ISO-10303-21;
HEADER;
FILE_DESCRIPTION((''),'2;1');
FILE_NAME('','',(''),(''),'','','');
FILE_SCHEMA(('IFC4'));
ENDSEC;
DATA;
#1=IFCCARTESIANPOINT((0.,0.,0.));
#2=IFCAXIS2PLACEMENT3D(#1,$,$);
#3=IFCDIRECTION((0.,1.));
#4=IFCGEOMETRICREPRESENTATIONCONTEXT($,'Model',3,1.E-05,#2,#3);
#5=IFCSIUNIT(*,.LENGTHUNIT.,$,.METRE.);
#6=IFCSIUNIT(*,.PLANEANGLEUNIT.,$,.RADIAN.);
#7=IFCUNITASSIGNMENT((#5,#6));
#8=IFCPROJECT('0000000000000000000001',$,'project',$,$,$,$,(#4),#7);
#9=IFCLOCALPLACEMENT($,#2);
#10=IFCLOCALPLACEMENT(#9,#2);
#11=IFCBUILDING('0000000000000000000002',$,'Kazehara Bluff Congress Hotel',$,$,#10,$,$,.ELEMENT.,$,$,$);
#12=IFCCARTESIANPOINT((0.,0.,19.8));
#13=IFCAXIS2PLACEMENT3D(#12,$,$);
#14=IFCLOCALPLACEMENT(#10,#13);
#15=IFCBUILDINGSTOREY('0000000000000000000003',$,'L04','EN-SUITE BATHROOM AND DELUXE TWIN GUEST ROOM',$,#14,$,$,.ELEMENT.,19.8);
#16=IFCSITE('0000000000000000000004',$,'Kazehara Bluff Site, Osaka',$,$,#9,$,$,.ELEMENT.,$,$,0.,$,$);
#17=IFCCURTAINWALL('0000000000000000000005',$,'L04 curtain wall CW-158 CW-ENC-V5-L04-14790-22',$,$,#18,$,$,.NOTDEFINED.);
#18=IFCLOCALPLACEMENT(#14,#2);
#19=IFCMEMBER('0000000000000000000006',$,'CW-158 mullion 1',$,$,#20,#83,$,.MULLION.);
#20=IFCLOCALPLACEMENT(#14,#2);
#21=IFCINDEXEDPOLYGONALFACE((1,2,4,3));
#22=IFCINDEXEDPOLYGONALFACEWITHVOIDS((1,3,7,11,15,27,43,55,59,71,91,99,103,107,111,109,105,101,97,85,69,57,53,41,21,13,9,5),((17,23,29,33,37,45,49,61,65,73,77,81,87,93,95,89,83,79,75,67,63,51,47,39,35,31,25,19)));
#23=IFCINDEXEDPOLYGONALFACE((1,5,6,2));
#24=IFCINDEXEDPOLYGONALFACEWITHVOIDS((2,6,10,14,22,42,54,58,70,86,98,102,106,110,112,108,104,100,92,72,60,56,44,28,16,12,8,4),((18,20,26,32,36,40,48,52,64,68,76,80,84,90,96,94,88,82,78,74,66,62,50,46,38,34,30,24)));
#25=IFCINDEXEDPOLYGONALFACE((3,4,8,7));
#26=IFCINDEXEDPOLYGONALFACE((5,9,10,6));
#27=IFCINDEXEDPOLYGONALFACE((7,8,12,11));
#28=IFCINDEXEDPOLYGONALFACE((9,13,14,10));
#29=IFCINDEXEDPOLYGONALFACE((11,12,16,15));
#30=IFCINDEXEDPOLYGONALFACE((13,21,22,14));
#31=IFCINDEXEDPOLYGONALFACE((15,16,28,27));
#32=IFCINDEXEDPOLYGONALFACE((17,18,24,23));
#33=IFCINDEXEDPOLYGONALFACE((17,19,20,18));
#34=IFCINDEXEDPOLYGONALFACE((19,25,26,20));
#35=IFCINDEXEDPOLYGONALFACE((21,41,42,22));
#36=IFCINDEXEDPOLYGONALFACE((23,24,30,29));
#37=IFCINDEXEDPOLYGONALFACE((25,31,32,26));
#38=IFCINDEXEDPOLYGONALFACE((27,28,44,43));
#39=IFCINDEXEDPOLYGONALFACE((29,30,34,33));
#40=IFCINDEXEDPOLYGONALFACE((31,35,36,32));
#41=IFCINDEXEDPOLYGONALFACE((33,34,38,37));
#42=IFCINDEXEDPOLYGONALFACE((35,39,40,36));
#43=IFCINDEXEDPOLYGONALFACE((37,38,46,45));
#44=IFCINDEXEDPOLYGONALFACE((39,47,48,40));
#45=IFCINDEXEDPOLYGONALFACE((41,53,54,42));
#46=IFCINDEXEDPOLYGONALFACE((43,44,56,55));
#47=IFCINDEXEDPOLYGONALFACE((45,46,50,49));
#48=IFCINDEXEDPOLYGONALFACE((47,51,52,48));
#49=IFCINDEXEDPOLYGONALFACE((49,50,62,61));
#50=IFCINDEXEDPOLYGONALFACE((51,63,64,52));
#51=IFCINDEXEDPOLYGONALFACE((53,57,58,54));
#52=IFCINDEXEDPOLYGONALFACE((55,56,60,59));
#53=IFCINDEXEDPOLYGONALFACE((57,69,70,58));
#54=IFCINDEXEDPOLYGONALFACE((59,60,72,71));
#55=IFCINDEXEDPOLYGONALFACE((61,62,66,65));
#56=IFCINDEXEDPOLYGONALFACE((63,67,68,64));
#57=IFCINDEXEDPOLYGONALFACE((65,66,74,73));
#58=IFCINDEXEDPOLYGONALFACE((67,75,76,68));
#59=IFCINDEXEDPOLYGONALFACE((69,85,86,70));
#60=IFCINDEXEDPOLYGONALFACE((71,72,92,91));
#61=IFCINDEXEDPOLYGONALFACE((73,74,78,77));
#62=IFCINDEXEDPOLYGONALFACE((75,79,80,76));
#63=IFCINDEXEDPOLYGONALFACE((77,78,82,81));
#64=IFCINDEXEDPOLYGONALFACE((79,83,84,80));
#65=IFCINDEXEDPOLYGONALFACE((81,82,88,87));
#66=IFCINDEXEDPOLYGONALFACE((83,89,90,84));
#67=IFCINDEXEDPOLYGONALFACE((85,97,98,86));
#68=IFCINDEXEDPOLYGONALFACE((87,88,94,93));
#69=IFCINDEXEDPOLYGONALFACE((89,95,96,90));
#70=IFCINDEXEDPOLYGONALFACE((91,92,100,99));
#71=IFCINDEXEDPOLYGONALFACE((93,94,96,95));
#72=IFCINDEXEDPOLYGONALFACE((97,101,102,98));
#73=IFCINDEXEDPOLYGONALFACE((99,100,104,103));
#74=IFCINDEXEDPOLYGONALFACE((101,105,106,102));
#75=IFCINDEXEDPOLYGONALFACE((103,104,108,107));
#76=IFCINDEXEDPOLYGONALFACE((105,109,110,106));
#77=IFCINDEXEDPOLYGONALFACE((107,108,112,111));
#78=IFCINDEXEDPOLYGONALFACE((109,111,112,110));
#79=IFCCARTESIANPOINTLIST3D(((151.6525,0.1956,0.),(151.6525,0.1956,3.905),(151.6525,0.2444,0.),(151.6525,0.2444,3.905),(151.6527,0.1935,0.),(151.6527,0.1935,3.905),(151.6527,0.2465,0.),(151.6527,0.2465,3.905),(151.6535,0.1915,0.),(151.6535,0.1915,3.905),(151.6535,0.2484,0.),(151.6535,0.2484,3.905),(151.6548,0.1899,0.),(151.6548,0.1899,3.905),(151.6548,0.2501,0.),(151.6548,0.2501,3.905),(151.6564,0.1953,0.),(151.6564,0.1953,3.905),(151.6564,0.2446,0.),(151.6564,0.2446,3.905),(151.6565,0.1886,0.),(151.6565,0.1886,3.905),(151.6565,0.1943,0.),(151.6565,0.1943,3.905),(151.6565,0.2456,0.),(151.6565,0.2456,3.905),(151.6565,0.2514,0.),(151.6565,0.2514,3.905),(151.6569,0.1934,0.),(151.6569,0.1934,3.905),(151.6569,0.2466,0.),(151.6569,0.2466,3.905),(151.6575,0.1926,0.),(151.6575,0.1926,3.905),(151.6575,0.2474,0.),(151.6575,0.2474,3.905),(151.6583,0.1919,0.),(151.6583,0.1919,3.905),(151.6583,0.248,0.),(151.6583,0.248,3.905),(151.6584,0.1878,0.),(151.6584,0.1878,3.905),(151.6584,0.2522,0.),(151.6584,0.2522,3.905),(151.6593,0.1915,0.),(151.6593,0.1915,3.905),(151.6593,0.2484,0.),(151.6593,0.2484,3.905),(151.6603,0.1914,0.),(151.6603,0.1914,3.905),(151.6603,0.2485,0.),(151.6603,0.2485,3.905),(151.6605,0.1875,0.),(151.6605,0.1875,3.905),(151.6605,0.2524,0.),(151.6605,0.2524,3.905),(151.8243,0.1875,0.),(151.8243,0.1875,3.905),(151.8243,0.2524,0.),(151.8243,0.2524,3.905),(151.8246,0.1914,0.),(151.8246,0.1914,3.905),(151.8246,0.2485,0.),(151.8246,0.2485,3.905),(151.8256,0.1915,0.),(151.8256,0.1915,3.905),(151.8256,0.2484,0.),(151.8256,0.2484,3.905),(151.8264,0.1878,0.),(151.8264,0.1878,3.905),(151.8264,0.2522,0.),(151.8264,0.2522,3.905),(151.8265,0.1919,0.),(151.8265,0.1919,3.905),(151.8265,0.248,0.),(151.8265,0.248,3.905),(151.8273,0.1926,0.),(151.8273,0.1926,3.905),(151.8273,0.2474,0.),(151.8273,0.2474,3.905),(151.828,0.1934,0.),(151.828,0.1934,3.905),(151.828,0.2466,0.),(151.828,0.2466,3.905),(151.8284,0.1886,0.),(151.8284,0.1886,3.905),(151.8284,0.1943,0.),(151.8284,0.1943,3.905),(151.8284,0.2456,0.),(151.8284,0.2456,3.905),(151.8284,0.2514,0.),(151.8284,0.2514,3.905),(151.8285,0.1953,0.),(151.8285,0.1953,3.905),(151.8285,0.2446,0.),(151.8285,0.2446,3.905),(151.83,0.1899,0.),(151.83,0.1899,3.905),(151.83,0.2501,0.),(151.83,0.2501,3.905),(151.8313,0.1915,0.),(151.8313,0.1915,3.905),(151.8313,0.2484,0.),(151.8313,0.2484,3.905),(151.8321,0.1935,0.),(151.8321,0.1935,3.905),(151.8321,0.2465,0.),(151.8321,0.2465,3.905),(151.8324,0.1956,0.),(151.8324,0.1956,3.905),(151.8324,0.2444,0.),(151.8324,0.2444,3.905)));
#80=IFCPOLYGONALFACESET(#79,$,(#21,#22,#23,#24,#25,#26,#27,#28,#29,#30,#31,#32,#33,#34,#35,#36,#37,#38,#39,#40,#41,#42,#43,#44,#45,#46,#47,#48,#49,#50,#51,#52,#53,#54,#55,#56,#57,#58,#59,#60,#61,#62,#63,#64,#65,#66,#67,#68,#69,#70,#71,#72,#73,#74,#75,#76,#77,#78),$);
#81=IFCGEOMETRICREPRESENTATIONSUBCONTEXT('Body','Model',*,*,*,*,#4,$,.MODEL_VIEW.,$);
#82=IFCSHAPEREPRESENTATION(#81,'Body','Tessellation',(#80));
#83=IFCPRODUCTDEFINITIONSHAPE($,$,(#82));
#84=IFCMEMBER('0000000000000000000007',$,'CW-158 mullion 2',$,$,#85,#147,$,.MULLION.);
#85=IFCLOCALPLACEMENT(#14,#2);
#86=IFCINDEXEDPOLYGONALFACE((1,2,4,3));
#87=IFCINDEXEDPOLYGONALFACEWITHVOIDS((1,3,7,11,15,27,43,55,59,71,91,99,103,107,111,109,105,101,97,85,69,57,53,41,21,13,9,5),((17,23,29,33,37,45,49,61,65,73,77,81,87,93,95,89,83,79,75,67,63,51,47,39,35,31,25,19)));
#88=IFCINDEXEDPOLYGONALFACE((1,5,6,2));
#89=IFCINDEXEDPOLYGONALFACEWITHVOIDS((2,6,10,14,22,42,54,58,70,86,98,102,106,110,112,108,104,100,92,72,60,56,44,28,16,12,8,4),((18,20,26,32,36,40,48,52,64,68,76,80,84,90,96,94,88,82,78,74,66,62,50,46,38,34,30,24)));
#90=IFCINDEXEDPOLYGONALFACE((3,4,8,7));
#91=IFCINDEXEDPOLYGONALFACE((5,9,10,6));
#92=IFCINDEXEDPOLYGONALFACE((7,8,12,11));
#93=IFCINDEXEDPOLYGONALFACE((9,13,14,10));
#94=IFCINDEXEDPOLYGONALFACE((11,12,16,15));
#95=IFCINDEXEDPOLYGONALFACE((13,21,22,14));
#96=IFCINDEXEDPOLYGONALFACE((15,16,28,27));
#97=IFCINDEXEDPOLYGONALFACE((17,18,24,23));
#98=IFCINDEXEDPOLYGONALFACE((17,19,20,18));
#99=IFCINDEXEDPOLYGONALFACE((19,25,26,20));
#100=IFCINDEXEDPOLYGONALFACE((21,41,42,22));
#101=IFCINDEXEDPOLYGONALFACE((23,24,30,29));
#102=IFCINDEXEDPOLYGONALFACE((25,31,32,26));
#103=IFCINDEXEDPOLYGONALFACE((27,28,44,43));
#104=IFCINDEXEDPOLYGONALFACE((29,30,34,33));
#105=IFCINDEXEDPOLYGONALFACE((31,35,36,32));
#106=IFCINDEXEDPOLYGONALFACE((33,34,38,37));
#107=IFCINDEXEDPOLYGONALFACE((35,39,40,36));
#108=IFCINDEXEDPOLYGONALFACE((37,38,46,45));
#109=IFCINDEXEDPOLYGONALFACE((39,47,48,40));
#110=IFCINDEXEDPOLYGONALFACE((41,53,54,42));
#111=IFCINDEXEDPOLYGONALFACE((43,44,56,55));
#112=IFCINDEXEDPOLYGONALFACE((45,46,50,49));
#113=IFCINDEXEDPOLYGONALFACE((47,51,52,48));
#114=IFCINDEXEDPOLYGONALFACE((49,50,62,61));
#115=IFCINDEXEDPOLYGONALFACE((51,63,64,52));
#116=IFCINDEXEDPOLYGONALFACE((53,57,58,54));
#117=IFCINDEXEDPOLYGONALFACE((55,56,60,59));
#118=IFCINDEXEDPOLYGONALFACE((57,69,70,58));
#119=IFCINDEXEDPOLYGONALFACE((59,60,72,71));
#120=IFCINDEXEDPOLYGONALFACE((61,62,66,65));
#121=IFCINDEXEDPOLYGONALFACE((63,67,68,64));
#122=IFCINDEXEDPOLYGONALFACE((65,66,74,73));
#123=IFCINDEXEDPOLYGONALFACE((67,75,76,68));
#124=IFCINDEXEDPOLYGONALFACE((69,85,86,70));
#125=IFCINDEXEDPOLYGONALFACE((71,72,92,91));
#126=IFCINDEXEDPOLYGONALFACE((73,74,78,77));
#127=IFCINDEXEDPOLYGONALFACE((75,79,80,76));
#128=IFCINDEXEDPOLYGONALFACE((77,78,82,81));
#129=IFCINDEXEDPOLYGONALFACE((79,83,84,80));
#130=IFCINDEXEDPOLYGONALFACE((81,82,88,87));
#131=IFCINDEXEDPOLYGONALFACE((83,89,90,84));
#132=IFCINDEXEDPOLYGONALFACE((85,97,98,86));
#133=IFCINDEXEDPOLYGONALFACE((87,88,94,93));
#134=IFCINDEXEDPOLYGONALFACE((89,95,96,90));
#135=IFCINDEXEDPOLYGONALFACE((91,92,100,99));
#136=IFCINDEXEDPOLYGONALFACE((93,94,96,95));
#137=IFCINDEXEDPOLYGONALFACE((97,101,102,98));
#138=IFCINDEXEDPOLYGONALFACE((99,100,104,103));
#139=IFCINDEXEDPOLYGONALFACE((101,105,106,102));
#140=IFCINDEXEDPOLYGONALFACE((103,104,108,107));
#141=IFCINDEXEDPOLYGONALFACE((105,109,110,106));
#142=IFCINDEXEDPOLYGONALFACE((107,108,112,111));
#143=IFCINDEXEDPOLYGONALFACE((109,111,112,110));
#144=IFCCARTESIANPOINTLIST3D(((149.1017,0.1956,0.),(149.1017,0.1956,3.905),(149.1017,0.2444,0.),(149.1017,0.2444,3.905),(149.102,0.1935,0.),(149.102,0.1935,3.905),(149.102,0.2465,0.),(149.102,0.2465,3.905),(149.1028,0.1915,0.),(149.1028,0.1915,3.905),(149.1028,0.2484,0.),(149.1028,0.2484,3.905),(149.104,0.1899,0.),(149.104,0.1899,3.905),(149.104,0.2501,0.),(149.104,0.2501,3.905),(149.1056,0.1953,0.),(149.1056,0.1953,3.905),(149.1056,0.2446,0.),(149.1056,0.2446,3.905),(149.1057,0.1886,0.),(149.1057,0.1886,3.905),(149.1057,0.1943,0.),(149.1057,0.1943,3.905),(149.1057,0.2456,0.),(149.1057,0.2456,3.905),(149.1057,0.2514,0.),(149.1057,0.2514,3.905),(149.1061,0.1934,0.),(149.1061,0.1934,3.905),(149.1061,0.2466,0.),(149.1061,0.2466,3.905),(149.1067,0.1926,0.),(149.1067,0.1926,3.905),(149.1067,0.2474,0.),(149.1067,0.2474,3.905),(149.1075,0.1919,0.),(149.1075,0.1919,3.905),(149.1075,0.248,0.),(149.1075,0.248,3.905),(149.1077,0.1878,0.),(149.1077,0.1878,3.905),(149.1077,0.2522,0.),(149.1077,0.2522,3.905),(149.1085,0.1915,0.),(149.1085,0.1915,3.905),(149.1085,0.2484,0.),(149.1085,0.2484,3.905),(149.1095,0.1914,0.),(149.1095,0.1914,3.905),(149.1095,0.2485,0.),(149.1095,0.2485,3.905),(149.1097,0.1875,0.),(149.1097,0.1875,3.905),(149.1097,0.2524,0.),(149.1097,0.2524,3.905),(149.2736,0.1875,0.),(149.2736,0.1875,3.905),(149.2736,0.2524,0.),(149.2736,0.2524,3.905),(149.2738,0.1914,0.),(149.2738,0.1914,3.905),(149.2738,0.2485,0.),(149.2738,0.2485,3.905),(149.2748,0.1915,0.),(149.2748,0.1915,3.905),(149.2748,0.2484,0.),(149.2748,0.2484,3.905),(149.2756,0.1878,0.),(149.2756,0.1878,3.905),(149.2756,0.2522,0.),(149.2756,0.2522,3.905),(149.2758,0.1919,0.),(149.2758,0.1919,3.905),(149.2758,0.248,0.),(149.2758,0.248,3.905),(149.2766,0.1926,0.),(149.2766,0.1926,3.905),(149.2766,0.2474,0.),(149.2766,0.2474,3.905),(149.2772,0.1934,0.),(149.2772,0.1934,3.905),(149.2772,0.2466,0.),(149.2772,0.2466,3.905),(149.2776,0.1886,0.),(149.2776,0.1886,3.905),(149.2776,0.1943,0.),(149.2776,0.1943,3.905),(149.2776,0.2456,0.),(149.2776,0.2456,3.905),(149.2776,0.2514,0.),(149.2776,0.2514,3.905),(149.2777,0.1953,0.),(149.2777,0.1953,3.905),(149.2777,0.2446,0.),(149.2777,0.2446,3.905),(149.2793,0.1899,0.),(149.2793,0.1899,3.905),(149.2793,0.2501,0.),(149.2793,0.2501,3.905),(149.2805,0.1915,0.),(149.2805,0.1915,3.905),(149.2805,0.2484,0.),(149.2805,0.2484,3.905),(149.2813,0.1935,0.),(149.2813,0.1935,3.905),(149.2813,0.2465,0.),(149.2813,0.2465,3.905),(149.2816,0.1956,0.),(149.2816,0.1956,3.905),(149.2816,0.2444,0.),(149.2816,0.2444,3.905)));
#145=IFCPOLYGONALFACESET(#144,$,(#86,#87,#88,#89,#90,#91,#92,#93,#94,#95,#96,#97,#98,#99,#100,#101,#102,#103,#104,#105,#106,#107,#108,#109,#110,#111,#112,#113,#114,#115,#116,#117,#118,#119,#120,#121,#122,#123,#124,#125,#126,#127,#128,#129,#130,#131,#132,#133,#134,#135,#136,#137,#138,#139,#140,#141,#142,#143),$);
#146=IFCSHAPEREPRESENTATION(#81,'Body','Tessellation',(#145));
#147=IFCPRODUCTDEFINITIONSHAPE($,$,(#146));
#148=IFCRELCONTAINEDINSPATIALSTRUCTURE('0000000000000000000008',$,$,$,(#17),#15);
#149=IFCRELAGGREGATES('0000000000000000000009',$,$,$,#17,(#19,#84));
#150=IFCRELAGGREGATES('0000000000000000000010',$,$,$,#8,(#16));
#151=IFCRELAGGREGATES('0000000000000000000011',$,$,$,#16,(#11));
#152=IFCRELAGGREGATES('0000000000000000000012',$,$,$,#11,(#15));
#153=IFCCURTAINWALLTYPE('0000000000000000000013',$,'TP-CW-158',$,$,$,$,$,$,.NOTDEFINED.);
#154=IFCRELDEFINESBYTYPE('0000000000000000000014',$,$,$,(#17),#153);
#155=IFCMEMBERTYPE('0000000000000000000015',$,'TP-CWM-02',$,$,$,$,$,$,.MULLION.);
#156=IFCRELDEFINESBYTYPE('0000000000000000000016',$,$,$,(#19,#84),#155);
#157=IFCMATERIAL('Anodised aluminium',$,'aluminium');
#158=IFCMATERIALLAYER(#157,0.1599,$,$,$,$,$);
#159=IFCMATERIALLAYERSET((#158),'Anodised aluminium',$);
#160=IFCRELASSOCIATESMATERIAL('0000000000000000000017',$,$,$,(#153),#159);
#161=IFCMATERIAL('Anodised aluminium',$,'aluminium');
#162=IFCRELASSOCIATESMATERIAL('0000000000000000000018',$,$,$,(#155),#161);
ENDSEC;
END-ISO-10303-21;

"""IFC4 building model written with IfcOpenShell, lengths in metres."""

from ifc_helpers import new_model, si_unit, direction, frame, origin, origin_2d, place, context, subcontext, project, spatial, hollow_rectangle, extrude, material, layer, layer_set, material_profile, profile_set, type_object, element, aggregate, save


model = new_model("IFC4")

# Units and contexts
model_context = context("Model", 3, precision=1e-05, world=origin(), true_north=direction((0.0, 1.0)))
body_context = subcontext(model_context, "Body", "Model", "MODEL_VIEW")
ifc_project = project(units=[si_unit("LENGTHUNIT", "METRE"), si_unit("PLANEANGLEUNIT", "RADIAN")], contexts=[model_context])

# Site, building, storey
site_placement = place(None, origin())
site = spatial("IfcSite", under=ifc_project, at=site_placement, Name="Kazehara Bluff Site, Osaka", CompositionType="ELEMENT", RefElevation=0.0)
building_placement = place(site_placement, origin())
building = spatial("IfcBuilding", under=site, at=building_placement, Name="Kazehara Bluff Congress Hotel", CompositionType="ELEMENT")
storey_placement = place(building_placement, frame((0.0, 0.0, 19.8)))
storey = spatial("IfcBuildingStorey", under=building, at=storey_placement, Name="L04", Description="EN-SUITE BATHROOM AND DELUXE TWIN GUEST ROOM", CompositionType="ELEMENT", Elevation=19.8)

# Curtain wall, members
ifc_material_1 = material(Name="Anodised aluminium", Category="aluminium")
ifc_layer_1 = layer(ifc_material_1, 0.1599)
ifc_layer_set_1 = layer_set([ifc_layer_1], Name="Anodised aluminium")
curtain_wall_type = type_object("IfcCurtainWallType", Name="TP-CW-158", PredefinedType="NOTDEFINED", material=ifc_layer_set_1)
curtain_wall_1_placement = place(storey_placement, origin())
curtain_wall_1 = element("IfcCurtainWall", 1, at=curtain_wall_1_placement, inside=storey, type_object=curtain_wall_type, Name="L04 curtain wall CW-158 CW-ENC-V5-L04-14790-22", PredefinedType="NOTDEFINED")
ifc_material_2 = material(Name="Anodised aluminium", Category="aluminium")
ifc_material_profile_1 = material_profile(ifc_material_2, hollow_rectangle(XDim=0.0649, YDim=0.1799, WallThickness=0.0039, InnerFilletRadius=0.0039, OuterFilletRadius=0.0081, at=origin_2d()))
ifc_profile_set_1 = profile_set([ifc_material_profile_1], Name="Anodised aluminium")
member_type_1 = type_object("IfcMemberType", Name="TP-CWM-02", PredefinedType="MULLION", material=ifc_profile_set_1)
member_1_placement = place(storey_placement, frame((151.7424, 0.22, 0.0), z_axis=(0.0, 0.0, 1.0), x_axis=(0.0, -1.0, 0.0)))
member_1 = element("IfcMember", 2, at=member_1_placement, type_object=member_type_1, Name="CW-158 mullion 1", PredefinedType="MULLION", context=body_context, shape_type="SweptSolid", body=[
    extrude(hollow_rectangle(XDim=0.0649, YDim=0.1799, WallThickness=0.0039, InnerFilletRadius=0.0039, OuterFilletRadius=0.0081, at=origin_2d()), origin(), (0.0, 0.0, 1.0), 3.905),
])
member_2_placement = place(storey_placement, frame((149.1917, 0.22, 0.0), z_axis=(0.0, 0.0, 1.0), x_axis=(0.0, -1.0, 0.0)))
member_2 = element("IfcMember", 3, at=member_2_placement, type_object=member_type_1, Name="CW-158 mullion 2", PredefinedType="MULLION", context=body_context, shape_type="SweptSolid", body=[
    extrude(hollow_rectangle(XDim=0.0649, YDim=0.1799, WallThickness=0.0039, InnerFilletRadius=0.0039, OuterFilletRadius=0.0081, at=origin_2d()), origin(), (0.0, 0.0, 1.0), 3.905),
])

aggregate(curtain_wall_1, [member_1, member_2])

save(model, "model.ifc")
